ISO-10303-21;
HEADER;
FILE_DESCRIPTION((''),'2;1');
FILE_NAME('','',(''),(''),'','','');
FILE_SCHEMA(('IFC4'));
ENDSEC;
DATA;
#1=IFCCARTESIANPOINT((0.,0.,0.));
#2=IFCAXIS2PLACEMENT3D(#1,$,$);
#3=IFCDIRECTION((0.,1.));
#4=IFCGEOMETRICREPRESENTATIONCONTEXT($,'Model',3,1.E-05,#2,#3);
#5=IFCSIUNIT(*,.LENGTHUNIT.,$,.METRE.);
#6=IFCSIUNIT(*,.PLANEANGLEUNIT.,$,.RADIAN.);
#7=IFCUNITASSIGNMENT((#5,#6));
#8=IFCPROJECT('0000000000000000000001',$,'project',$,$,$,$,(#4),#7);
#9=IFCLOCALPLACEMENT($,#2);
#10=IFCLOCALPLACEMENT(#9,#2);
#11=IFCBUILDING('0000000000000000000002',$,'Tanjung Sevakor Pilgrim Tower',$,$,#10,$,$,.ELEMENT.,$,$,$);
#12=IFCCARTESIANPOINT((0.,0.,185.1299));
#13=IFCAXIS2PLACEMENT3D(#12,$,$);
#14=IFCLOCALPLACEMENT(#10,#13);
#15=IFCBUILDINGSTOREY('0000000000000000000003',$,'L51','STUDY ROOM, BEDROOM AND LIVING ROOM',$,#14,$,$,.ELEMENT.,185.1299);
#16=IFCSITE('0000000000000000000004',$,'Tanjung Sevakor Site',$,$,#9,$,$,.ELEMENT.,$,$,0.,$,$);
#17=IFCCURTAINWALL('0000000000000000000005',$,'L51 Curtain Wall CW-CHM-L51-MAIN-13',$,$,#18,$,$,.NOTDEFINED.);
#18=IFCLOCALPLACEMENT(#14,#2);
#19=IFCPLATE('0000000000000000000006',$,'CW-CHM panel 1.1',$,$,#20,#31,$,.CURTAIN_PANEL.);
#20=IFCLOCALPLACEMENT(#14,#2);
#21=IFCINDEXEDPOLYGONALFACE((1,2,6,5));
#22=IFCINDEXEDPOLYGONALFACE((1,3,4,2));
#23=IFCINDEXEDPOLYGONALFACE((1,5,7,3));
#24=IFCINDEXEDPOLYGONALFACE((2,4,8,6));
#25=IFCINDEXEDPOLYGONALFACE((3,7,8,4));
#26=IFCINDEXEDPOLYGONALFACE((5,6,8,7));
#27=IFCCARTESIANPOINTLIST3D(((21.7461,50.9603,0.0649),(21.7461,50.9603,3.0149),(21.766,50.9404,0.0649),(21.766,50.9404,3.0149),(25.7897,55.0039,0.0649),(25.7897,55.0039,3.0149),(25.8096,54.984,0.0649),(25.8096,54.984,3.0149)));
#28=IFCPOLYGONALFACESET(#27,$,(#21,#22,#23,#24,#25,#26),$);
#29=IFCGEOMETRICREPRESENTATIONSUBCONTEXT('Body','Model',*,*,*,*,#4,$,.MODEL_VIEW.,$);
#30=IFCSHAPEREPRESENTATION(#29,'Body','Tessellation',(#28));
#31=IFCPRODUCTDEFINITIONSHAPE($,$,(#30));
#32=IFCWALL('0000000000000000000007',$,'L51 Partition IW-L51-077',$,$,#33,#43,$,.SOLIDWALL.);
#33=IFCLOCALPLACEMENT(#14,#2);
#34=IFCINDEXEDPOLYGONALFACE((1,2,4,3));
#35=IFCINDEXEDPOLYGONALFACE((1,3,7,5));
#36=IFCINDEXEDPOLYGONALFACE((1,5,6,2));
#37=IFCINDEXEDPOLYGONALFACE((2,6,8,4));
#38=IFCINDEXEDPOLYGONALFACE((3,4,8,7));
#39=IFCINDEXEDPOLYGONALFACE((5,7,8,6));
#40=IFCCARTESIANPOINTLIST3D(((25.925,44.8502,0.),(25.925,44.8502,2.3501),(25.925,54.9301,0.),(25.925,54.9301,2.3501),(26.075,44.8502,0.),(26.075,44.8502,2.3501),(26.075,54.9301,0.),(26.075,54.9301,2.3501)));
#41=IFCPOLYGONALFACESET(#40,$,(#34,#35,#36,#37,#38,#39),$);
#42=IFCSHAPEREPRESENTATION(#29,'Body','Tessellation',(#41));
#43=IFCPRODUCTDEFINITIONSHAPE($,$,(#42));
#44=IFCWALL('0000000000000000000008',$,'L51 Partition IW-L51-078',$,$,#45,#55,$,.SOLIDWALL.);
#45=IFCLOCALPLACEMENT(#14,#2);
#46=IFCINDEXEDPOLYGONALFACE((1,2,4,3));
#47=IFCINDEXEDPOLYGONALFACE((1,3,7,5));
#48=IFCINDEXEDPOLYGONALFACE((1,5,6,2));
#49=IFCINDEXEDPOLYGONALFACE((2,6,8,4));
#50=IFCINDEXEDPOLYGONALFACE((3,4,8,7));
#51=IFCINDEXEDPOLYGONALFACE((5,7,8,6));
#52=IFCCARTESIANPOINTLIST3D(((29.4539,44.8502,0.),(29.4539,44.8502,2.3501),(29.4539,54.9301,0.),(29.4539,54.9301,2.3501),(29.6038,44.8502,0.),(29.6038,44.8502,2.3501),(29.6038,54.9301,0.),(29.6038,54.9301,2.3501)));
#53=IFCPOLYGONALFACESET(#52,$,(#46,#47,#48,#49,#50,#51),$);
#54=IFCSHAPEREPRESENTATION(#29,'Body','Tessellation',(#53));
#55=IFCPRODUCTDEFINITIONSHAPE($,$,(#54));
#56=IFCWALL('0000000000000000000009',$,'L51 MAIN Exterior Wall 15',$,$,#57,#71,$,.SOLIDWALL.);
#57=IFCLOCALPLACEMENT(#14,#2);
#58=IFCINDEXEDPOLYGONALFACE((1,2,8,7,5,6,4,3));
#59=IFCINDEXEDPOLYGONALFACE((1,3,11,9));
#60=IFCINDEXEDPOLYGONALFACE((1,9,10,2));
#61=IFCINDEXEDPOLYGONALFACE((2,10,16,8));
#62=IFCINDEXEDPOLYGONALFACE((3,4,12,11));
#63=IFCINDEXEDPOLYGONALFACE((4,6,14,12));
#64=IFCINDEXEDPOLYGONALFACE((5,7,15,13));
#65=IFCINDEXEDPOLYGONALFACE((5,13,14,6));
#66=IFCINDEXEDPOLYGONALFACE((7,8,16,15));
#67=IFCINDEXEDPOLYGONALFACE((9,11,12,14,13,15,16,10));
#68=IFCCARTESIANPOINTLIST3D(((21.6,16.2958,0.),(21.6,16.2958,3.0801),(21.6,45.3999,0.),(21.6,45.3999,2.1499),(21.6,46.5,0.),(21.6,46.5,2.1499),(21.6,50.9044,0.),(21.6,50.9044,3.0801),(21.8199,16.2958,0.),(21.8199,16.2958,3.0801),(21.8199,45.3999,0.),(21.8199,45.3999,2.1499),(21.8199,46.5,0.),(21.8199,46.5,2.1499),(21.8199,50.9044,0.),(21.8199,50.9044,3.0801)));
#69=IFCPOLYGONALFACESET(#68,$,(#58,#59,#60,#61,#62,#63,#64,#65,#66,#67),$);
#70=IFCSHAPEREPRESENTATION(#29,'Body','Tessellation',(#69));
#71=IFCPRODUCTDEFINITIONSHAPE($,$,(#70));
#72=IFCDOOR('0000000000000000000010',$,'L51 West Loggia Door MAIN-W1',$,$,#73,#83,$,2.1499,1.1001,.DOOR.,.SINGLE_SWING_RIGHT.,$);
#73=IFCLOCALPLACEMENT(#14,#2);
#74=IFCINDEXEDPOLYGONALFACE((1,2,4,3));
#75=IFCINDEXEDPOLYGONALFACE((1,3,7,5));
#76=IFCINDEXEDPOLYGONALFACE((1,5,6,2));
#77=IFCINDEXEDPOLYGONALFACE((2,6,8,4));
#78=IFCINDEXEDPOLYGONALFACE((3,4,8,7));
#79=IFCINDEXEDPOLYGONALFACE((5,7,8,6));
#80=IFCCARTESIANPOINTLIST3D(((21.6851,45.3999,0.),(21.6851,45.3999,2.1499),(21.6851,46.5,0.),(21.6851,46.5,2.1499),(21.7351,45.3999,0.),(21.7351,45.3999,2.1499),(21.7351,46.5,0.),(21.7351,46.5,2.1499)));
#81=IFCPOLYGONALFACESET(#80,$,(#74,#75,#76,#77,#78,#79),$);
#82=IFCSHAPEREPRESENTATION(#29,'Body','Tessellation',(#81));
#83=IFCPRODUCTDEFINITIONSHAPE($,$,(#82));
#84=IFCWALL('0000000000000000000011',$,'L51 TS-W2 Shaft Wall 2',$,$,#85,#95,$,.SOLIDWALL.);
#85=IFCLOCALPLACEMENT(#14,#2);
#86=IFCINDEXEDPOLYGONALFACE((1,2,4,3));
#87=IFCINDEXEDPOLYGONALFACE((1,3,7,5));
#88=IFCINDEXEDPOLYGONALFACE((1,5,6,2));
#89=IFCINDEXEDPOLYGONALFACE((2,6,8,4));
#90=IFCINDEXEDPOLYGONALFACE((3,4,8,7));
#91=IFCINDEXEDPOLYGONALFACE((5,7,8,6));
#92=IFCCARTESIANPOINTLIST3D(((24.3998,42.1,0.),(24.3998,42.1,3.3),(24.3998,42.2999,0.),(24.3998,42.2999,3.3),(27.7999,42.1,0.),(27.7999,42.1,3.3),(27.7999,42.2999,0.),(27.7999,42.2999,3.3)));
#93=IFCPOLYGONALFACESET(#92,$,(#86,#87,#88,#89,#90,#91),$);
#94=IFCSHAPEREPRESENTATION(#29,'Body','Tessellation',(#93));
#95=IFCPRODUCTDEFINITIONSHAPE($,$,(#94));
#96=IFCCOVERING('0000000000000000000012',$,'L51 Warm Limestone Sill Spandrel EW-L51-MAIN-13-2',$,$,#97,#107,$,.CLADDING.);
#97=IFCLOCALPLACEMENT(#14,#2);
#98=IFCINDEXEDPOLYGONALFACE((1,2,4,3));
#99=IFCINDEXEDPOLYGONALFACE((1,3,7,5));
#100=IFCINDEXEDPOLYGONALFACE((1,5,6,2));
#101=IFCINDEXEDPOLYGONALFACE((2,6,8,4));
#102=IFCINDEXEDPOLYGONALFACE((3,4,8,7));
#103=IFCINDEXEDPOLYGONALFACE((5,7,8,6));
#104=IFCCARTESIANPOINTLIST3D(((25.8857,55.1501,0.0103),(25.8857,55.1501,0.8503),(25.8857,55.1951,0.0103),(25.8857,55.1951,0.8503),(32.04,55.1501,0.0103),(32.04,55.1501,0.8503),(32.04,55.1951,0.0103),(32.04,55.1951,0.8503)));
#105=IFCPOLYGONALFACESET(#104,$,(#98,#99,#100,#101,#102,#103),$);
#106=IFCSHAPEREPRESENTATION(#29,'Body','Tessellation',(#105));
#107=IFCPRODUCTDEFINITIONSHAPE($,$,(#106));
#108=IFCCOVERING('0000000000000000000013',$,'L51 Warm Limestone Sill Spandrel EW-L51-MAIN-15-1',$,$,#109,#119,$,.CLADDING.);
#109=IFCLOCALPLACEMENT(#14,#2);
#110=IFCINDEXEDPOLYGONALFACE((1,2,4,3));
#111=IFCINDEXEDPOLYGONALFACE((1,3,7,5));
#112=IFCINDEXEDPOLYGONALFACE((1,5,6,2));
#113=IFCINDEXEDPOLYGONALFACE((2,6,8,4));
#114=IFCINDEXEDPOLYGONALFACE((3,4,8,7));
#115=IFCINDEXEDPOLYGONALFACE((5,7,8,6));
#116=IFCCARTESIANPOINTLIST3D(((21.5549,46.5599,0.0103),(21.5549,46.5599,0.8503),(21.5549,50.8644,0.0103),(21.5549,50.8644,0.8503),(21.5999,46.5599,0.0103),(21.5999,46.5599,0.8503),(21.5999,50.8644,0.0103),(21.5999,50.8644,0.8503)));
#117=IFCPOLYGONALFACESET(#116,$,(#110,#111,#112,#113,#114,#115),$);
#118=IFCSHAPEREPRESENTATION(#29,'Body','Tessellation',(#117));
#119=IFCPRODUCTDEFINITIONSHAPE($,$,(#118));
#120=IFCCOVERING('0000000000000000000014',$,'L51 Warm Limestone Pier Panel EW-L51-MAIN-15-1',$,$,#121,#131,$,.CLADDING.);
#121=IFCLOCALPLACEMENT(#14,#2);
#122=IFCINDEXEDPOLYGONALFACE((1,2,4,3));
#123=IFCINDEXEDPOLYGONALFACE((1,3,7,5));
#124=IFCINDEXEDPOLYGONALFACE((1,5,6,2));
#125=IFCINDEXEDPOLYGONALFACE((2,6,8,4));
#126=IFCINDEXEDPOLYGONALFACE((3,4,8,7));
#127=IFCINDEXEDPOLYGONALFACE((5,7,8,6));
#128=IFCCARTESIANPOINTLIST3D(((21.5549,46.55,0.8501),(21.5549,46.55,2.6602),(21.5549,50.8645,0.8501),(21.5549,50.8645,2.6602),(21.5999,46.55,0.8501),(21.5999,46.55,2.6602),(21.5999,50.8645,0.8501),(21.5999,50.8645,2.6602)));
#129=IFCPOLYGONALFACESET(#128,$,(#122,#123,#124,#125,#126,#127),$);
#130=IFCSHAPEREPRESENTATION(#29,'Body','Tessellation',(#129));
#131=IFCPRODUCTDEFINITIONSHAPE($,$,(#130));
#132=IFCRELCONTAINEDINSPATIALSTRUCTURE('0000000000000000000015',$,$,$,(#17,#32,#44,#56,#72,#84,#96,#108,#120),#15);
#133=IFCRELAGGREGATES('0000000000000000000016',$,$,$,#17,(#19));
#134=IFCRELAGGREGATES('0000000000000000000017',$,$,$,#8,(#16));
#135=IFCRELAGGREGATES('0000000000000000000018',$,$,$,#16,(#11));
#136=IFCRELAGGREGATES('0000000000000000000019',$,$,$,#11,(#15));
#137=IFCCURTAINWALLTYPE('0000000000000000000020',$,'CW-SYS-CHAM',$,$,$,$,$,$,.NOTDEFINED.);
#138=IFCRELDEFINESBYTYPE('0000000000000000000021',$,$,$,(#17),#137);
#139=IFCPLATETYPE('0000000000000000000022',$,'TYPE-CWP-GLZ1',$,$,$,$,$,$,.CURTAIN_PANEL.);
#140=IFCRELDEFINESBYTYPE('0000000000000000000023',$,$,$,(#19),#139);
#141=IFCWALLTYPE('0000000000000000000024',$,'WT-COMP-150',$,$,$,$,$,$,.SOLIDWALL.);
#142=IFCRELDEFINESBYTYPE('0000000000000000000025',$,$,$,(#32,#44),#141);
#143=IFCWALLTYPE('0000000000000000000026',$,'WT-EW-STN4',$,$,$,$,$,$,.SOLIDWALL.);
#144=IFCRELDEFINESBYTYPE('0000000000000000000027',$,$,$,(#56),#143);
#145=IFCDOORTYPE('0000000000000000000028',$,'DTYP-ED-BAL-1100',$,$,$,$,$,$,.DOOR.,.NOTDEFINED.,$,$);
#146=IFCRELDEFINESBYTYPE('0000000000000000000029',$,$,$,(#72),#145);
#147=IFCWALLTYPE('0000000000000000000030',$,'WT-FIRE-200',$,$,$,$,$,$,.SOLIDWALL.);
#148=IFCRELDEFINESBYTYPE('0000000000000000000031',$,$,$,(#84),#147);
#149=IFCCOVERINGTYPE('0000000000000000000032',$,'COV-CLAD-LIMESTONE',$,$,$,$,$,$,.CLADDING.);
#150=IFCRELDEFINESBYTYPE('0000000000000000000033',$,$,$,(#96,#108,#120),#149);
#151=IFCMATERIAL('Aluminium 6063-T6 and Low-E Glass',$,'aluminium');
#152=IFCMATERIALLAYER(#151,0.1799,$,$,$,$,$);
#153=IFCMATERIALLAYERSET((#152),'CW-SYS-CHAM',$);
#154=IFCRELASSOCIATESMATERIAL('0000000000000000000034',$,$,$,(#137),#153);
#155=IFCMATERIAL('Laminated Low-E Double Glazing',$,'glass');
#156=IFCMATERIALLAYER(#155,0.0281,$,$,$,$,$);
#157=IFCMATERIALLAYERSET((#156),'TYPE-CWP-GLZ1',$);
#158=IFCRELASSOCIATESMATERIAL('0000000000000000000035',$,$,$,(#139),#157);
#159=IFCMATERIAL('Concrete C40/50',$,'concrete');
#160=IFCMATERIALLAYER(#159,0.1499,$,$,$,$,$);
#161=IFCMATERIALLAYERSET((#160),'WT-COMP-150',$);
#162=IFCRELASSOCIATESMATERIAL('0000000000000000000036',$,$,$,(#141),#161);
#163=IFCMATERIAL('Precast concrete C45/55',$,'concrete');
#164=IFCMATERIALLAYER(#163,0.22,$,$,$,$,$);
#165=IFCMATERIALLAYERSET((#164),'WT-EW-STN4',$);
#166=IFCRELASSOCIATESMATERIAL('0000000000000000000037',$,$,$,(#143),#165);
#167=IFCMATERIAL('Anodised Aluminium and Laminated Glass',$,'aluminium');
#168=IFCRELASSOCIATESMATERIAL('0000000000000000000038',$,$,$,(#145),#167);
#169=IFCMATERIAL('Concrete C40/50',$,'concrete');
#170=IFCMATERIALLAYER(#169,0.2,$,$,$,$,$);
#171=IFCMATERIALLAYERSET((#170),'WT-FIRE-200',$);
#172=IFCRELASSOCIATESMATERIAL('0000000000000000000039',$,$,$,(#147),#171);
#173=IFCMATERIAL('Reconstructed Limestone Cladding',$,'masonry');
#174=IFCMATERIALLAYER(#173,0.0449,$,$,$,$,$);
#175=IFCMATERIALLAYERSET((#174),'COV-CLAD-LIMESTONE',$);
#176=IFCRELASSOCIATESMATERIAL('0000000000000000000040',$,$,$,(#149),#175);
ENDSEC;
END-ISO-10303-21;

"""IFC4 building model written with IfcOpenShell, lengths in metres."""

from ifc_helpers import new_model, si_unit, direction, frame, frame_2d, origin, origin_2d, place, context, subcontext, project, spatial, rectangle, extrude, material, layer, layer_set, type_object, element, fill, aggregate, save


model = new_model("IFC4")

# Units and contexts
model_context = context("Model", 3, precision=1e-05, world=origin(), true_north=direction((0.0, 1.0)))
body_context = subcontext(model_context, "Body", "Model", "MODEL_VIEW")
ifc_project = project(units=[si_unit("LENGTHUNIT", "METRE"), si_unit("PLANEANGLEUNIT", "RADIAN")], contexts=[model_context])

# Site, building, storey
site_placement = place(None, origin())
site = spatial("IfcSite", under=ifc_project, at=site_placement, Name="Tanjung Sevakor Site", CompositionType="ELEMENT", RefElevation=0.0)
building_placement = place(site_placement, origin())
building = spatial("IfcBuilding", under=site, at=building_placement, Name="Tanjung Sevakor Pilgrim Tower", CompositionType="ELEMENT")
storey_placement = place(building_placement, frame((0.0, 0.0, 185.1299)))
storey = spatial("IfcBuildingStorey", under=building, at=storey_placement, Name="L51", Description="STUDY ROOM, BEDROOM AND LIVING ROOM", CompositionType="ELEMENT", Elevation=185.1299)

# Curtain wall, plate
ifc_material_1 = material(Name="Aluminium 6063-T6 and Low-E Glass", Category="aluminium")
ifc_layer_1 = layer(ifc_material_1, 0.1799)
ifc_layer_set_1 = layer_set([ifc_layer_1], Name="CW-SYS-CHAM")
curtain_wall_type = type_object("IfcCurtainWallType", Name="CW-SYS-CHAM", PredefinedType="NOTDEFINED", material=ifc_layer_set_1)
curtain_wall_placement = place(storey_placement, origin())
curtain_wall = element("IfcCurtainWall", 1, at=curtain_wall_placement, inside=storey, type_object=curtain_wall_type, Name="L51 Curtain Wall CW-CHM-L51-MAIN-13", PredefinedType="NOTDEFINED")
ifc_material_2 = material(Name="Laminated Low-E Double Glazing", Category="glass")
ifc_layer_2 = layer(ifc_material_2, 0.0281)
ifc_layer_set_2 = layer_set([ifc_layer_2], Name="TYPE-CWP-GLZ1")
plate_type = type_object("IfcPlateType", Name="TYPE-CWP-GLZ1", PredefinedType="CURTAIN_PANEL", material=ifc_layer_set_2)
plate_placement = place(storey_placement, frame((23.7778, 52.9722, 0.0649), z_axis=(0.0, 0.0, 1.0), x_axis=(-0.707107, -0.707107, 0.0)))
plate = element("IfcPlate", 2, at=plate_placement, type_object=plate_type, Name="CW-CHM panel 1.1", PredefinedType="CURTAIN_PANEL", context=body_context, shape_type="SweptSolid", body=[
    extrude(rectangle(XDim=5.7185, YDim=0.0281, at=origin_2d()), origin(), (0.0, 0.0, 1.0), 2.95),
])
aggregate(curtain_wall, [plate])

# Walls
ifc_material_3 = material(Name="Concrete C40/50", Category="concrete")
ifc_layer_3 = layer(ifc_material_3, 0.1499)
ifc_layer_set_3 = layer_set([ifc_layer_3], Name="WT-COMP-150")
wall_type_1 = type_object("IfcWallType", Name="WT-COMP-150", PredefinedType="SOLIDWALL", material=ifc_layer_set_3)
for number, where, z_axis, x_axis, name in (
    (3, (26.0, 44.8501, 0.0), (0.0, 0.0, 1.0), (0.0, 1.0, 0.0), "L51 Partition IW-L51-077"),
    (4, (29.5288, 44.8501, 0.0), (0.0, 0.0, 1.0), (0.0, 1.0, 0.0), "L51 Partition IW-L51-078"),
):
    element("IfcWall", number, at=place(storey_placement, frame(where, z_axis=z_axis, x_axis=x_axis)), inside=storey, type_object=wall_type_1, Name=name, PredefinedType="SOLIDWALL", context=body_context, shape_type="SweptSolid", body=[
        extrude(rectangle(XDim=10.0798, YDim=0.1499, at=frame_2d((5.04, 0.0))), origin(), (0.0, 0.0, 1.0), 2.3501),
    ])

# Wall, opening, door
ifc_material_4 = material(Name="Precast concrete C45/55", Category="concrete")
ifc_layer_4 = layer(ifc_material_4, 0.22)
ifc_layer_set_4 = layer_set([ifc_layer_4], Name="WT-EW-STN4")
wall_type_2 = type_object("IfcWallType", Name="WT-EW-STN4", PredefinedType="SOLIDWALL", material=ifc_layer_set_4)
wall_1_placement = place(storey_placement, frame((21.71, 50.9043, 0.0), z_axis=(0.0, 0.0, 1.0), x_axis=(0.0, -1.0, 0.0)))
wall_1 = element("IfcWall", 5, at=wall_1_placement, inside=storey, type_object=wall_type_2, Name="L51 MAIN Exterior Wall 15", PredefinedType="SOLIDWALL", context=body_context, shape_type="SweptSolid", body=[
    extrude(rectangle(XDim=34.6086, YDim=0.22, at=frame_2d((17.3042, 0.0))), origin(), (0.0, 0.0, 1.0), 3.0801),
])
opening_1_placement = place(wall_1_placement, frame((4.4043, 0.0, 0.0)))
opening_1 = element("IfcOpeningElement", 6, at=opening_1_placement, cuts=wall_1, PredefinedType="OPENING", context=body_context, shape_type="SweptSolid", body=[
    extrude(rectangle(XDim=1.1001, YDim=2.1499, at=frame_2d((0.55, 1.075))), frame((0.0, 0.1199, 0.0), z_axis=(0.0, -1.0, 0.0), x_axis=(1.0, 0.0, 0.0)), (0.0, 0.0, 1.0), 0.24),
])
ifc_material_5 = material(Name="Anodised Aluminium and Laminated Glass", Category="aluminium")
door_type_1 = type_object("IfcDoorType", Name="DTYP-ED-BAL-1100", OperationType="NOTDEFINED", PredefinedType="DOOR", material=ifc_material_5)
door_1_placement = place(opening_1_placement, frame((1.1001, 0.0, 0.0), z_axis=(0.0, 0.0, 1.0), x_axis=(-1.0, 0.0, 0.0)))
door_1 = element("IfcDoor", 7, at=door_1_placement, inside=storey, type_object=door_type_1, Name="L51 West Loggia Door MAIN-W1", OperationType="SINGLE_SWING_RIGHT", OverallHeight=2.1499, OverallWidth=1.1001, PredefinedType="DOOR", context=body_context, shape_type="SweptSolid", body=[
    extrude(rectangle(XDim=1.1001, YDim=2.1499, at=frame_2d((0.55, 1.075))), frame((0.0, 0.0249, 0.0), z_axis=(0.0, -1.0, 0.0), x_axis=(1.0, 0.0, 0.0)), (0.0, 0.0, 1.0), 0.05),
])
fill(opening_1, door_1)

# Wall
ifc_material_6 = material(Name="Concrete C40/50", Category="concrete")
ifc_layer_5 = layer(ifc_material_6, 0.2)
ifc_layer_set_5 = layer_set([ifc_layer_5], Name="WT-FIRE-200")
wall_type_3 = type_object("IfcWallType", Name="WT-FIRE-200", PredefinedType="SOLIDWALL", material=ifc_layer_set_5)
wall_2_placement = place(storey_placement, frame((27.8, 42.2, 0.0), z_axis=(0.0, 0.0, 1.0), x_axis=(-1.0, 0.0, 0.0)))
element("IfcWall", 8, at=wall_2_placement, inside=storey, type_object=wall_type_3, Name="L51 TS-W2 Shaft Wall 2", PredefinedType="SOLIDWALL", context=body_context, shape_type="SweptSolid", body=[
    extrude(rectangle(XDim=3.4001, YDim=0.2, at=frame_2d((1.7002, 0.0))), origin(), (0.0, 0.0, 1.0), 3.3),
])

# Coverings
ifc_material_7 = material(Name="Reconstructed Limestone Cladding", Category="masonry")
ifc_layer_6 = layer(ifc_material_7, 0.0449)
ifc_layer_set_6 = layer_set([ifc_layer_6], Name="COV-CLAD-LIMESTONE")
covering_type = type_object("IfcCoveringType", Name="COV-CLAD-LIMESTONE", PredefinedType="CLADDING", material=ifc_layer_set_6)
covering_1_placement = place(storey_placement, frame((28.9629, 55.1726, 0.0103), z_axis=(0.0, 0.0, 1.0), x_axis=(-1.0, 0.0, 0.0)))
element("IfcCovering", 9, at=covering_1_placement, inside=storey, type_object=covering_type, Name="L51 Warm Limestone Sill Spandrel EW-L51-MAIN-13-2", PredefinedType="CLADDING", context=body_context, shape_type="SweptSolid", body=[
    extrude(rectangle(XDim=6.1543, YDim=0.0449, at=origin_2d()), origin(), (0.0, 0.0, 1.0), 0.8401),
])
covering_2_placement = place(storey_placement, frame((21.5774, 48.7122, 0.0103), z_axis=(0.0, 0.0, 1.0), x_axis=(0.0, -1.0, 0.0)))
element("IfcCovering", 10, at=covering_2_placement, inside=storey, type_object=covering_type, Name="L51 Warm Limestone Sill Spandrel EW-L51-MAIN-15-1", PredefinedType="CLADDING", context=body_context, shape_type="SweptSolid", body=[
    extrude(rectangle(XDim=4.3044, YDim=0.0449, at=origin_2d()), origin(), (0.0, 0.0, 1.0), 0.8401),
])
covering_3_placement = place(storey_placement, frame((21.5774, 48.7073, 0.8501), z_axis=(0.0, 0.0, 1.0), x_axis=(0.0, -1.0, 0.0)))
element("IfcCovering", 11, at=covering_3_placement, inside=storey, type_object=covering_type, Name="L51 Warm Limestone Pier Panel EW-L51-MAIN-15-1", PredefinedType="CLADDING", context=body_context, shape_type="SweptSolid", body=[
    extrude(rectangle(XDim=4.3145, YDim=0.0449, at=origin_2d()), origin(), (0.0, 0.0, 1.0), 1.8101),
])

save(model, "model.ifc")
